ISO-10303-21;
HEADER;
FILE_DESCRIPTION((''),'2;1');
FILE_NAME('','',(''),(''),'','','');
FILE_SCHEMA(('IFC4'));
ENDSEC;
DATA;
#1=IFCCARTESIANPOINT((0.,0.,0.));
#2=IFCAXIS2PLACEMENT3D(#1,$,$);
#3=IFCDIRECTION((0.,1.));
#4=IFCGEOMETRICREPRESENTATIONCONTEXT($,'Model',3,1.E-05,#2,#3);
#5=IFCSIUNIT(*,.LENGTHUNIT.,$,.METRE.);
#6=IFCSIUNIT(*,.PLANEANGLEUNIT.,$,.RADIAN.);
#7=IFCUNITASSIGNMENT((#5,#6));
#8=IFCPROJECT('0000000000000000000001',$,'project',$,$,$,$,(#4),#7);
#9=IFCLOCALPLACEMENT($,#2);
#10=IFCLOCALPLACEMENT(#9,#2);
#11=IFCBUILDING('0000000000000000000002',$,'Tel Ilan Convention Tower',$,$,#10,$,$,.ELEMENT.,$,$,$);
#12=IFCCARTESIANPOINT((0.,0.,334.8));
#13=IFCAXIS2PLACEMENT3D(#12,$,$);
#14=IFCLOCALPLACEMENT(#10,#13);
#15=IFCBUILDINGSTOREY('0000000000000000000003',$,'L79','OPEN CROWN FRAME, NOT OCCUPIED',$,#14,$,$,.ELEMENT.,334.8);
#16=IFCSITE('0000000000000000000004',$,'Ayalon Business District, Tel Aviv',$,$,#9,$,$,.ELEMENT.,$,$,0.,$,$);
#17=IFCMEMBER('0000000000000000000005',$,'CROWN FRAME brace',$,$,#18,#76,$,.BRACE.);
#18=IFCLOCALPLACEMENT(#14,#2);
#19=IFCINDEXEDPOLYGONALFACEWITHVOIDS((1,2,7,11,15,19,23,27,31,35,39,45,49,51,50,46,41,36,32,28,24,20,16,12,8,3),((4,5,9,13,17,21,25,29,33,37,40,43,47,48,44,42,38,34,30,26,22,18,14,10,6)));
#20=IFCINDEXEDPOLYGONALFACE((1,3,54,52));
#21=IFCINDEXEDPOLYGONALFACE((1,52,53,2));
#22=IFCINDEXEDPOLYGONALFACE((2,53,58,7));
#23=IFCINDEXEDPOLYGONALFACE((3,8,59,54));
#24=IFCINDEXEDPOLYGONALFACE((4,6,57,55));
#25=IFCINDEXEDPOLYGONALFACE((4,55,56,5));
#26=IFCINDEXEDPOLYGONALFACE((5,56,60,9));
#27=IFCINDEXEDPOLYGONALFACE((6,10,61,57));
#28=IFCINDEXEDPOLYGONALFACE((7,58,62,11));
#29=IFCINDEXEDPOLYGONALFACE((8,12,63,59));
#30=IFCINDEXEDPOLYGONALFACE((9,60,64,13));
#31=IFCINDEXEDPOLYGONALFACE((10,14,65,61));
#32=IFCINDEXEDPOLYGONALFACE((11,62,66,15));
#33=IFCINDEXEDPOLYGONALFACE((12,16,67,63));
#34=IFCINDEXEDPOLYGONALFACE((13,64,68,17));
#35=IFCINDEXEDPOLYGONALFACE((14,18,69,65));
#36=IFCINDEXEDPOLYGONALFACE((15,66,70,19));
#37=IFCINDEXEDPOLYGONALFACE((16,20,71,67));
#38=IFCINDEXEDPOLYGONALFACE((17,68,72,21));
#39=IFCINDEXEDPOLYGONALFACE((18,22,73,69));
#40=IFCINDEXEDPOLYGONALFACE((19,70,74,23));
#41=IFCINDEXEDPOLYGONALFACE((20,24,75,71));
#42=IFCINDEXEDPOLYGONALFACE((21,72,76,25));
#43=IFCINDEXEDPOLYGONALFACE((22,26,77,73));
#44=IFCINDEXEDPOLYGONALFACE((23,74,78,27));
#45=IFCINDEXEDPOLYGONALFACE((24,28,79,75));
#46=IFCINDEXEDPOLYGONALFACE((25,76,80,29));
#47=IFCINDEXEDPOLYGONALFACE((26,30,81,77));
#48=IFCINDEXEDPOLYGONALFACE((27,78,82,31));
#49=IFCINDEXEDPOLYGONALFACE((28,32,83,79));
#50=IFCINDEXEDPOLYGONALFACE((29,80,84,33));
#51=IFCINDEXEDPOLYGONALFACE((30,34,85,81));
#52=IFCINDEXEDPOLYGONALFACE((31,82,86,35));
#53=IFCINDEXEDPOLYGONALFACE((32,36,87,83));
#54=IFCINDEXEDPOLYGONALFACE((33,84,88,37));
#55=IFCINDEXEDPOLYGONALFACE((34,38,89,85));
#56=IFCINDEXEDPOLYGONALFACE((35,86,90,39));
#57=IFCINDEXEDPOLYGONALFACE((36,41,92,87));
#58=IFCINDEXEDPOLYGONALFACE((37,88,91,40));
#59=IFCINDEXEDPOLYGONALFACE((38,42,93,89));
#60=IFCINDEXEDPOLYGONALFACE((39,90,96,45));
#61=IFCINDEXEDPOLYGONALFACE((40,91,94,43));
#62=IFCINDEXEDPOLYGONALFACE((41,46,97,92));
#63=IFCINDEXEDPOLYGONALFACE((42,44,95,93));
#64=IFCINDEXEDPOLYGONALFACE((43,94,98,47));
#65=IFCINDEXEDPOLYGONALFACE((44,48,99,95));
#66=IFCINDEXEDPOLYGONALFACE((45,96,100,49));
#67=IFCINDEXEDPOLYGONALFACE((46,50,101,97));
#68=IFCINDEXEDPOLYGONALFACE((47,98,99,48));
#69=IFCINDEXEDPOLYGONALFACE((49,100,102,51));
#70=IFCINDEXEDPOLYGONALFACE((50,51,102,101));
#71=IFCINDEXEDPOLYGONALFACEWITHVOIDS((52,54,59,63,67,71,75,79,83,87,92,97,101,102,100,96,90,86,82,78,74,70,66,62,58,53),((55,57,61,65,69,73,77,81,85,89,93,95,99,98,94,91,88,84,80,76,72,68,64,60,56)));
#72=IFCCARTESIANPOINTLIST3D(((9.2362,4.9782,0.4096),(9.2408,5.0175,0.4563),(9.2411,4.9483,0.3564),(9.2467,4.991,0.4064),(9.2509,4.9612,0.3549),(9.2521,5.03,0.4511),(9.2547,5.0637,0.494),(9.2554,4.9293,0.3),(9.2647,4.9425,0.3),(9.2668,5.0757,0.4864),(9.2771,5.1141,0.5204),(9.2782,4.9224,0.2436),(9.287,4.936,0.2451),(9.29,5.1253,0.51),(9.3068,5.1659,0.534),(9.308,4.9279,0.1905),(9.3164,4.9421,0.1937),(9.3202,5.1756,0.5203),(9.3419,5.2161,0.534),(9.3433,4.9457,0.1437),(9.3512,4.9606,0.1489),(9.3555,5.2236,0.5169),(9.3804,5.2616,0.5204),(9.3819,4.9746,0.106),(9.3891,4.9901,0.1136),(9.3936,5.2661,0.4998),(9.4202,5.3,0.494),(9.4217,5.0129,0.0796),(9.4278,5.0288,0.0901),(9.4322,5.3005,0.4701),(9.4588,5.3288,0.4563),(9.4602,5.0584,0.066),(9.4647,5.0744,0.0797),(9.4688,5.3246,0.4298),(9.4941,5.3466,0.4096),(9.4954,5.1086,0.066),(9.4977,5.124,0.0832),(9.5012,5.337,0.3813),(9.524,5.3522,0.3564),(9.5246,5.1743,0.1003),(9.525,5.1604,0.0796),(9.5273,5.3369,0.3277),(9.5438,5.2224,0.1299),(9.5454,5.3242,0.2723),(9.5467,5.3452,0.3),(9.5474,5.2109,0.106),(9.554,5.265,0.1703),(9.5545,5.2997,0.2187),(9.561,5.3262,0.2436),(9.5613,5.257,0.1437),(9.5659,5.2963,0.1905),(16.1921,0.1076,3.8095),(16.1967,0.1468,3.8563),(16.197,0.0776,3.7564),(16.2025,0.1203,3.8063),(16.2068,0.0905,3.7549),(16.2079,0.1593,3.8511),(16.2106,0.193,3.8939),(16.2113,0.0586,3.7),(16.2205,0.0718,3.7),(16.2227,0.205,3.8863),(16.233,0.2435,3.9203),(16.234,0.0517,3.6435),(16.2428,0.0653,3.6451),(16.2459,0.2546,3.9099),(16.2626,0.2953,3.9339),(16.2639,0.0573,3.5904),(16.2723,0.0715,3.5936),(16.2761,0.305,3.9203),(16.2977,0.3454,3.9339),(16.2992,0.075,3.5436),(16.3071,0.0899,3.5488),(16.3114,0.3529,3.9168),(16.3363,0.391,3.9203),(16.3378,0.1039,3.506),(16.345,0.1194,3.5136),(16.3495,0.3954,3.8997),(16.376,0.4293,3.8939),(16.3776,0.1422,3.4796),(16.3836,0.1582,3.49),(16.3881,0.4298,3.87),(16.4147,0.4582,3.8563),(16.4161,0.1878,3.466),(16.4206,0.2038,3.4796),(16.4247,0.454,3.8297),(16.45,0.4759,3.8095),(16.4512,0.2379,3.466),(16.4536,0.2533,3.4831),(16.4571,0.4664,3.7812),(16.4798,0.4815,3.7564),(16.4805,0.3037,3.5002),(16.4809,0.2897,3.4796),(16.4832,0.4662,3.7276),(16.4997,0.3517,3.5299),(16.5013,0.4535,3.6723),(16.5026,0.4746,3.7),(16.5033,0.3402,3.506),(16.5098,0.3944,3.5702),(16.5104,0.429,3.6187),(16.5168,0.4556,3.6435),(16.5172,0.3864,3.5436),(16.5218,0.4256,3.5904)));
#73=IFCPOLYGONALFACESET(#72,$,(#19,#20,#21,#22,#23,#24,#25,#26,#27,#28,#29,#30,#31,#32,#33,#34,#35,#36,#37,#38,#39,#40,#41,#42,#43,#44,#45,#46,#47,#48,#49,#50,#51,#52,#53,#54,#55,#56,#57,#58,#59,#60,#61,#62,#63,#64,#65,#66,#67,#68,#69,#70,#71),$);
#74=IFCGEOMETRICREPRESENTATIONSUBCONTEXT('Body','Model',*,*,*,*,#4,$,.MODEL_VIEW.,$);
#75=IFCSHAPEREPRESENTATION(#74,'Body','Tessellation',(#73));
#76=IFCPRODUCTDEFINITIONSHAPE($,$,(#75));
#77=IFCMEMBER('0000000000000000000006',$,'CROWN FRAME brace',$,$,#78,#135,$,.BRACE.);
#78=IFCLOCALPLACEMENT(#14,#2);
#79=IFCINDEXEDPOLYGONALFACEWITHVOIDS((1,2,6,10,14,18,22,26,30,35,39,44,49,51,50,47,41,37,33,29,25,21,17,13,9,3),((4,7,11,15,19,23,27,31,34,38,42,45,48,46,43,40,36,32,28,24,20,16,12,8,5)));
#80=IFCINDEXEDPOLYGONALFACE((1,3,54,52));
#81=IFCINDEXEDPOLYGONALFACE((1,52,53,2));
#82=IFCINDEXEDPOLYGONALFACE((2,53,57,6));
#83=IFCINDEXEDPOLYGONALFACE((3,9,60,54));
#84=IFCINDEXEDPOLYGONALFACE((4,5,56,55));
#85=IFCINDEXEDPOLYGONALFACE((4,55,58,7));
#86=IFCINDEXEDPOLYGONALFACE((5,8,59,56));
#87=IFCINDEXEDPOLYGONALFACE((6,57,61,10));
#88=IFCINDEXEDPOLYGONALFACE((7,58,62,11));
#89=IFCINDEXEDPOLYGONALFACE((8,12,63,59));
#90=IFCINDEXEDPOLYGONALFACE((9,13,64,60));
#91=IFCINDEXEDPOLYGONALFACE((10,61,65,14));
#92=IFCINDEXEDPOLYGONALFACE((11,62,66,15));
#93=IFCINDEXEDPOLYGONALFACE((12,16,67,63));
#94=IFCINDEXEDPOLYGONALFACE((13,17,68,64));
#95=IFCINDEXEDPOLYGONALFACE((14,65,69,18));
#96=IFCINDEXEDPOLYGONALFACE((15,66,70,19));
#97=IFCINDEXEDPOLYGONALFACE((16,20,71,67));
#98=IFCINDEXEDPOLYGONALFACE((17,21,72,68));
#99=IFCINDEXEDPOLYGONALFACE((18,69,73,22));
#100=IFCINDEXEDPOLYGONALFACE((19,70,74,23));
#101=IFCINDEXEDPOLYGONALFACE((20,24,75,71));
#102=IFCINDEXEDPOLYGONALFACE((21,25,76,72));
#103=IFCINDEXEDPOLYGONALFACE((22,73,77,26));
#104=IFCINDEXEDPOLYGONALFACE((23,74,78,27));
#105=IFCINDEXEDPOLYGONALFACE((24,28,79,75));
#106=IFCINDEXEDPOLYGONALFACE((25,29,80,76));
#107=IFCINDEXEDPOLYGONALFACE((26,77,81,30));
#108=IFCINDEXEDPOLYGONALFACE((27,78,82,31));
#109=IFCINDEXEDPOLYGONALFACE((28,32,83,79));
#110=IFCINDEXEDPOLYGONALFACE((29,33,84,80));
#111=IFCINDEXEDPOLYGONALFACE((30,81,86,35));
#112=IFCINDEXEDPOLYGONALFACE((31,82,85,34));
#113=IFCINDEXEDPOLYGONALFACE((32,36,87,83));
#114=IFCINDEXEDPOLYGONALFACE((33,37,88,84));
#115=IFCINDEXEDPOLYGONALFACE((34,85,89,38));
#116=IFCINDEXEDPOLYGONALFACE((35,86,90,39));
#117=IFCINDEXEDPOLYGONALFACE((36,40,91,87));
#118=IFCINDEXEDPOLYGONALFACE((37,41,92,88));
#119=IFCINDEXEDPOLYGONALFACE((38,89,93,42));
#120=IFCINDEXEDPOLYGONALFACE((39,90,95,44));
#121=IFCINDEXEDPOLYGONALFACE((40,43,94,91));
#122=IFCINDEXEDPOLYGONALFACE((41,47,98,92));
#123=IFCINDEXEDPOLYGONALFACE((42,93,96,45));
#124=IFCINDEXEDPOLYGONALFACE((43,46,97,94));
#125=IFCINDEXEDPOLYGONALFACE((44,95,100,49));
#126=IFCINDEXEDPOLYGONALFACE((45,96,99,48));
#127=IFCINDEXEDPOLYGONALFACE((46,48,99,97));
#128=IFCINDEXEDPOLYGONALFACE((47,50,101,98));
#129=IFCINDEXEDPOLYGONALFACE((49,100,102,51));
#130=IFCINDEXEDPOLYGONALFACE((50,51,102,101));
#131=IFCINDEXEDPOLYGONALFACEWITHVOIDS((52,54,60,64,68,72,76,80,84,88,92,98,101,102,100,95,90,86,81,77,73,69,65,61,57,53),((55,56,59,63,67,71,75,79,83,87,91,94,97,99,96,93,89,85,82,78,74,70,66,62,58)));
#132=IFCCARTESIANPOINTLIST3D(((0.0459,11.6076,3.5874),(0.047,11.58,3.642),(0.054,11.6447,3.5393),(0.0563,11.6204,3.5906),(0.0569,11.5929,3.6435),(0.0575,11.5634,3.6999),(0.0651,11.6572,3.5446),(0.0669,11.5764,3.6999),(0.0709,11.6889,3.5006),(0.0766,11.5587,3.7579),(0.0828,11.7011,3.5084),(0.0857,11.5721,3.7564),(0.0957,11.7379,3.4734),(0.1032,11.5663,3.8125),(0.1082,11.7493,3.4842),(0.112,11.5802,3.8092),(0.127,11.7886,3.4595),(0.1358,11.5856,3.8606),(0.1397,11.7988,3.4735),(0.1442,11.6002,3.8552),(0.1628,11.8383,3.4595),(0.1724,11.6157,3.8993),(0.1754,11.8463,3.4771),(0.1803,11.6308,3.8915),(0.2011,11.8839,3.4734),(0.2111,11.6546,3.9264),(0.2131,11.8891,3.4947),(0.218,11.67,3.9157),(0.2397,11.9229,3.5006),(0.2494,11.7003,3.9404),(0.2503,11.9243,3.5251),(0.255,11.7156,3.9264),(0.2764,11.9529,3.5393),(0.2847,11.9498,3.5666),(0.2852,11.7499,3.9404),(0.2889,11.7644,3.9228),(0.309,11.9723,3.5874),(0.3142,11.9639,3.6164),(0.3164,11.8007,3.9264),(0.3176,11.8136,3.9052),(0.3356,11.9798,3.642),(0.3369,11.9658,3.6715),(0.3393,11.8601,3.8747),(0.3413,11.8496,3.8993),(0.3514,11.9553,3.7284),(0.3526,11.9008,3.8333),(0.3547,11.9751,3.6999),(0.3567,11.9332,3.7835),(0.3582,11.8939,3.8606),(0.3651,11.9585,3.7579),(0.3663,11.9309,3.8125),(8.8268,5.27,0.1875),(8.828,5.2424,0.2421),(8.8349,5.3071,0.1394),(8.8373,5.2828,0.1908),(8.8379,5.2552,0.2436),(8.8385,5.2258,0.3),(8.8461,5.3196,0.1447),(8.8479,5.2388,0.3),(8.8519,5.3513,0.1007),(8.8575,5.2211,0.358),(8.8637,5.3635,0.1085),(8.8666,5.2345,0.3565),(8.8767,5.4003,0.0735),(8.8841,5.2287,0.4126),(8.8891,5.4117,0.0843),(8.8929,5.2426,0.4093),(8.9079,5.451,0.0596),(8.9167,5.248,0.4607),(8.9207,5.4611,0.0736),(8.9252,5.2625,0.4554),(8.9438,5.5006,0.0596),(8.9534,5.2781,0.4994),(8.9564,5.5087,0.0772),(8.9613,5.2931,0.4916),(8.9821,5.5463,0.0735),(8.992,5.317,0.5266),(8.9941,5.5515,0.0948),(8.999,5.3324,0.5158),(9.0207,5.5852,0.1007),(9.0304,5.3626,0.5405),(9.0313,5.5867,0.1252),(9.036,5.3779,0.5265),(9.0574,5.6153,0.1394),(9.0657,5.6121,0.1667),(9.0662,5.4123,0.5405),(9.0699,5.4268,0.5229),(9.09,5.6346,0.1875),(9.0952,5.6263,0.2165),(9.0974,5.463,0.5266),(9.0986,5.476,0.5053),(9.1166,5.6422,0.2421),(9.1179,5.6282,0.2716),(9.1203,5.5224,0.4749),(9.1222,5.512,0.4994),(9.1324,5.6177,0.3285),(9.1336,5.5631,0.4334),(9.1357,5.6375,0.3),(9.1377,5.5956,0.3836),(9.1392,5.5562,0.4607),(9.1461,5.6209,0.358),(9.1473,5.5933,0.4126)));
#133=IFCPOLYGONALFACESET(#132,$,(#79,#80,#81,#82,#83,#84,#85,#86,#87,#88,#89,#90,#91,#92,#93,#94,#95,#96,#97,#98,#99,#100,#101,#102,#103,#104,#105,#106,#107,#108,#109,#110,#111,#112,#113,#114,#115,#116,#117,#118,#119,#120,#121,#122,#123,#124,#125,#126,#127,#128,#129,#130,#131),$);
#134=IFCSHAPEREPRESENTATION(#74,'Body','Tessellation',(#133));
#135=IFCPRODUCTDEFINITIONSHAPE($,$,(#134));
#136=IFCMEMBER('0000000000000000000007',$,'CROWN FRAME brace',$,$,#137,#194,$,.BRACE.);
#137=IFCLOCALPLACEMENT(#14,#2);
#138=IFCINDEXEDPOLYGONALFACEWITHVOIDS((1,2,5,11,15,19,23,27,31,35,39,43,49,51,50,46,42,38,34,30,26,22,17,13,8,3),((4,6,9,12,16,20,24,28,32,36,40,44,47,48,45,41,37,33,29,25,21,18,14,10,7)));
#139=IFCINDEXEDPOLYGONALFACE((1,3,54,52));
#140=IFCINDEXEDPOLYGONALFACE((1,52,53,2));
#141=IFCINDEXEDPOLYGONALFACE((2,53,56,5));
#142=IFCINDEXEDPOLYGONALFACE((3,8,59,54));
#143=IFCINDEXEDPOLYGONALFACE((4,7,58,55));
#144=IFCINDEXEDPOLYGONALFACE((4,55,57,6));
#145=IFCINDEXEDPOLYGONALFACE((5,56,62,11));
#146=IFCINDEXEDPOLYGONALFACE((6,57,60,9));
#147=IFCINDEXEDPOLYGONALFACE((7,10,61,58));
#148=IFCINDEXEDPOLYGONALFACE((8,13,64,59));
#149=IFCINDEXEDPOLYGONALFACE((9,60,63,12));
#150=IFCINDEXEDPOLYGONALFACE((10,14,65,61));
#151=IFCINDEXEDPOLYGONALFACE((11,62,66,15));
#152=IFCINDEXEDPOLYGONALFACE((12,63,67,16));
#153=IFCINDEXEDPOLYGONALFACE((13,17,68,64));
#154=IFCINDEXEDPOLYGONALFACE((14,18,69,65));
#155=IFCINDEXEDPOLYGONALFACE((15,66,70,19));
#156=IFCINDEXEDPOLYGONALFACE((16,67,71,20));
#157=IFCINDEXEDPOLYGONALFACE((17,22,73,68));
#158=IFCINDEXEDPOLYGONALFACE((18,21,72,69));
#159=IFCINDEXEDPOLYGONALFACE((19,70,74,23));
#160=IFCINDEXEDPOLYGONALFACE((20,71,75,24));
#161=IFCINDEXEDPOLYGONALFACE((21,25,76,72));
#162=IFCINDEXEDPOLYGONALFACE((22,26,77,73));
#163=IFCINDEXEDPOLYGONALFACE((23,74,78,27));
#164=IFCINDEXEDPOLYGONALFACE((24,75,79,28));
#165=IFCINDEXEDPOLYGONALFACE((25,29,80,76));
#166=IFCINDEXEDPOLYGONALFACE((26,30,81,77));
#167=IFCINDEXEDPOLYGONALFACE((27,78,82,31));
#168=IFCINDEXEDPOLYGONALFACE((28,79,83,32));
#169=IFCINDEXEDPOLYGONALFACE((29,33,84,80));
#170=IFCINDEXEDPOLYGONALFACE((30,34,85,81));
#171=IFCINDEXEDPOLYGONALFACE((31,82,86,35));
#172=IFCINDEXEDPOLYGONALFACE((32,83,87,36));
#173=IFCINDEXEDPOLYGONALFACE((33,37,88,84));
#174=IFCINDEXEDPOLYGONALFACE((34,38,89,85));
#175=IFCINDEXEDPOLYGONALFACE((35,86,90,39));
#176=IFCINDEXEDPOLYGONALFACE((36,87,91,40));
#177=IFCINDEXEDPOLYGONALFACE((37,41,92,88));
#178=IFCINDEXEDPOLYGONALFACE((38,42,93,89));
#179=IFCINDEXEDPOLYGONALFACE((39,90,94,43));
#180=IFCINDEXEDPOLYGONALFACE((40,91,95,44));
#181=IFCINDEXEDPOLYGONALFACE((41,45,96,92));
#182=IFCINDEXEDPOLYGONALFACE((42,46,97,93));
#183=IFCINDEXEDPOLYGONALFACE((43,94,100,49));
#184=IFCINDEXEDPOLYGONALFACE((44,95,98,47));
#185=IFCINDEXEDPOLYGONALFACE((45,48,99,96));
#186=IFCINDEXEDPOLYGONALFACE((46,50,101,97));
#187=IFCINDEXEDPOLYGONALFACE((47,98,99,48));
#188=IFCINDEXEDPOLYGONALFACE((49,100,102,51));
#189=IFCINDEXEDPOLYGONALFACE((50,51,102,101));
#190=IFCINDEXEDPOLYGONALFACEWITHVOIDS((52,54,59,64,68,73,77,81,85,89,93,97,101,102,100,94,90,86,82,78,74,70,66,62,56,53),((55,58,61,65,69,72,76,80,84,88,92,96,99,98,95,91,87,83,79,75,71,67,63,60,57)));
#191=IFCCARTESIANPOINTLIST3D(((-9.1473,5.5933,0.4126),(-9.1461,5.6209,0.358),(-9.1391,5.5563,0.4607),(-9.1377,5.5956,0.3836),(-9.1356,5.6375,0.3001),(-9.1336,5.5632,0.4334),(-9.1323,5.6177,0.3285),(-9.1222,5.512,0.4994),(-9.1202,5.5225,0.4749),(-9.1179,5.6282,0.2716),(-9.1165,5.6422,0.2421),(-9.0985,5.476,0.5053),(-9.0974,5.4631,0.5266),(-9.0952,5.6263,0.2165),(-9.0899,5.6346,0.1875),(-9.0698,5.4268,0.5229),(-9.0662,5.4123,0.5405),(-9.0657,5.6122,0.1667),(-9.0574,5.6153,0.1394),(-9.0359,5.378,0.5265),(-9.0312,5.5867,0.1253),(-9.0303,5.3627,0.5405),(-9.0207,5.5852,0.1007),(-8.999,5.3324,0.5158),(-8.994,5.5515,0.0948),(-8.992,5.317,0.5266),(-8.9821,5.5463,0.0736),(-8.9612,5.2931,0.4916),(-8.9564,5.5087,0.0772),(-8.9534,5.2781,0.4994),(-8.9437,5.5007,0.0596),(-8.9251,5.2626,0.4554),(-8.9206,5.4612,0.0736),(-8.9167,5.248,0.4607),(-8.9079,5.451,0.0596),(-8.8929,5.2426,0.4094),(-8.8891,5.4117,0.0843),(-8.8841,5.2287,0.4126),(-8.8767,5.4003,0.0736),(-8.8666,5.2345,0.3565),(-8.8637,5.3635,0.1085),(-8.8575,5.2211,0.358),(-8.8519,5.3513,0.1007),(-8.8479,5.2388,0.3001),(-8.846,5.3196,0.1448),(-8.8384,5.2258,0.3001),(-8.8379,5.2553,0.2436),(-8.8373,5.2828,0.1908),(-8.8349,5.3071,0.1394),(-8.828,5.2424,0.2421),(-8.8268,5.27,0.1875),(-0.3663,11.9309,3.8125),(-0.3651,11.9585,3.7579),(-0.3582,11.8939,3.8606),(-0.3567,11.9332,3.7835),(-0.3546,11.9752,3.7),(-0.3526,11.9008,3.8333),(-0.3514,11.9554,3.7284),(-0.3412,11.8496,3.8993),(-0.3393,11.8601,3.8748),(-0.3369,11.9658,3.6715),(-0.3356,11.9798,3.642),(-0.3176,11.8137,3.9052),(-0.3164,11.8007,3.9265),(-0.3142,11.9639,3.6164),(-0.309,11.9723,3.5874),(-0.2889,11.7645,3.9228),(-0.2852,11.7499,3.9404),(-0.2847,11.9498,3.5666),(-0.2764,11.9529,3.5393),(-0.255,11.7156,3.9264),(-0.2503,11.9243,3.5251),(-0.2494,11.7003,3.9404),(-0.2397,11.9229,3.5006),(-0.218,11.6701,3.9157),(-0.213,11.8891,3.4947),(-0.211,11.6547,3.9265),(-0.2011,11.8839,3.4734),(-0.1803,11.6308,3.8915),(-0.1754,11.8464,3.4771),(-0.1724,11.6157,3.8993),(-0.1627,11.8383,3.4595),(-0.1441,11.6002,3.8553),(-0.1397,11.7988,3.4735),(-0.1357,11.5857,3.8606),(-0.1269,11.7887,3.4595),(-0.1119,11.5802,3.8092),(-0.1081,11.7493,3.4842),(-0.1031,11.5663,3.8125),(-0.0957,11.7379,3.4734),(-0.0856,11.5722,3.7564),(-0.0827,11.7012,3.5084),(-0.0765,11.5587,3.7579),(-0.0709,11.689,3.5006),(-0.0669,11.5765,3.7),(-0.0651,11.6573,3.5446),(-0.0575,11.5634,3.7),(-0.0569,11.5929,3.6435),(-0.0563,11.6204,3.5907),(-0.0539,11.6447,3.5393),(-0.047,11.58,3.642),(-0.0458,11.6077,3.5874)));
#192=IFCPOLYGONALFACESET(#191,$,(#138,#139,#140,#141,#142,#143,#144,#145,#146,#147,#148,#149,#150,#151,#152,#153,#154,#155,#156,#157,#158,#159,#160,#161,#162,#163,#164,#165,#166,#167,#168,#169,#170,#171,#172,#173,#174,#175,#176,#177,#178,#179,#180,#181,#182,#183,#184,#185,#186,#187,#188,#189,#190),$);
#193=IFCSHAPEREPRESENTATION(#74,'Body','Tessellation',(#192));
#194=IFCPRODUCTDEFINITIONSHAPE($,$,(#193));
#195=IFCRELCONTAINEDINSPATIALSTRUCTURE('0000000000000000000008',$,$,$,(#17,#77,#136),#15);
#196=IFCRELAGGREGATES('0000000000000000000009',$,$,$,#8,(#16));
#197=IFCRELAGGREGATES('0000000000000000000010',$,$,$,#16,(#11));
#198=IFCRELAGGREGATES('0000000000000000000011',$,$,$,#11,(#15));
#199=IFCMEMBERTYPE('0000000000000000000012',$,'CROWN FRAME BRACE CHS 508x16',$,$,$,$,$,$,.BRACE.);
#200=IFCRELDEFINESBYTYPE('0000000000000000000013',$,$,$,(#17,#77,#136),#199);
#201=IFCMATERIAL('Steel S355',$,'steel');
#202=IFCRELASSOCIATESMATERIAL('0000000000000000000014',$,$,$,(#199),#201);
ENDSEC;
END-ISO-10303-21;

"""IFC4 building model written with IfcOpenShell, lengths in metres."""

from ifc_helpers import new_model, si_unit, direction, frame, origin, origin_2d, place, context, subcontext, project, spatial, hollow_circle, extrude, material, material_profile, profile_set, type_object, element, save


model = new_model("IFC4")

# Units and contexts
model_context = context("Model", 3, precision=1e-05, world=origin(), true_north=direction((0.0, 1.0)))
body_context = subcontext(model_context, "Body", "Model", "MODEL_VIEW")
ifc_project = project(units=[si_unit("LENGTHUNIT", "METRE"), si_unit("PLANEANGLEUNIT", "RADIAN")], contexts=[model_context])

# Site, building, storey
site_placement = place(None, origin())
site = spatial("IfcSite", under=ifc_project, at=site_placement, Name="Ayalon Business District, Tel Aviv", CompositionType="ELEMENT", RefElevation=0.0)
building_placement = place(site_placement, origin())
building = spatial("IfcBuilding", under=site, at=building_placement, Name="Tel Ilan Convention Tower", CompositionType="ELEMENT")
storey_placement = place(building_placement, frame((0.0, 0.0, 334.8)))
storey = spatial("IfcBuildingStorey", under=building, at=storey_placement, Name="L79", Description="OPEN CROWN FRAME, NOT OCCUPIED", CompositionType="ELEMENT", Elevation=334.8)

# Members
ifc_material_1 = material(Name="Steel S355", Category="steel")
ifc_material_profile_1 = material_profile(ifc_material_1, hollow_circle(Radius=0.2539, WallThickness=0.0161, at=origin_2d()), Name="CHS 508x16")
ifc_profile_set_1 = profile_set([ifc_material_profile_1], Name="Steel S355")
member_type = type_object("IfcMemberType", Name="CROWN FRAME BRACE CHS 508x16", PredefinedType="BRACE", material=ifc_profile_set_1)
member_1_placement = place(storey_placement, frame((16.3569, 0.2666, 3.7), z_axis=(-0.760457, 0.532488, -0.371701), x_axis=(-0.573584, -0.819147, 0.0)))
element("IfcMember", 1, at=member_1_placement, inside=storey, type_object=member_type, Name="CROWN FRAME brace", PredefinedType="BRACE", context=body_context, shape_type="SweptSolid", body=[
    extrude(hollow_circle(Radius=0.2539, WallThickness=0.0161, at=origin_2d()), origin(), (0.0, 0.0, 1.0), 9.147),
])
for number, where, z_axis, x_axis, name in (
    (2, (8.9871, 5.4316, 0.3), (-0.773631, 0.558364, 0.299541), (-0.585236, -0.810863, 0.0), "CROWN FRAME brace"),
    (3, (-0.2061, 11.7693, 3.7), (-0.773631, -0.558364, -0.299541), (0.585236, -0.810863, 0.0), "CROWN FRAME brace"),
):
    element("IfcMember", number, at=place(storey_placement, frame(where, z_axis=z_axis, x_axis=x_axis)), inside=storey, type_object=member_type, Name=name, PredefinedType="BRACE", context=body_context, shape_type="SweptSolid", body=[
        extrude(hollow_circle(Radius=0.2539, WallThickness=0.0161, at=origin_2d()), origin(), (0.0, 0.0, 1.0), 11.3503),
    ])

save(model, "model.ifc")
